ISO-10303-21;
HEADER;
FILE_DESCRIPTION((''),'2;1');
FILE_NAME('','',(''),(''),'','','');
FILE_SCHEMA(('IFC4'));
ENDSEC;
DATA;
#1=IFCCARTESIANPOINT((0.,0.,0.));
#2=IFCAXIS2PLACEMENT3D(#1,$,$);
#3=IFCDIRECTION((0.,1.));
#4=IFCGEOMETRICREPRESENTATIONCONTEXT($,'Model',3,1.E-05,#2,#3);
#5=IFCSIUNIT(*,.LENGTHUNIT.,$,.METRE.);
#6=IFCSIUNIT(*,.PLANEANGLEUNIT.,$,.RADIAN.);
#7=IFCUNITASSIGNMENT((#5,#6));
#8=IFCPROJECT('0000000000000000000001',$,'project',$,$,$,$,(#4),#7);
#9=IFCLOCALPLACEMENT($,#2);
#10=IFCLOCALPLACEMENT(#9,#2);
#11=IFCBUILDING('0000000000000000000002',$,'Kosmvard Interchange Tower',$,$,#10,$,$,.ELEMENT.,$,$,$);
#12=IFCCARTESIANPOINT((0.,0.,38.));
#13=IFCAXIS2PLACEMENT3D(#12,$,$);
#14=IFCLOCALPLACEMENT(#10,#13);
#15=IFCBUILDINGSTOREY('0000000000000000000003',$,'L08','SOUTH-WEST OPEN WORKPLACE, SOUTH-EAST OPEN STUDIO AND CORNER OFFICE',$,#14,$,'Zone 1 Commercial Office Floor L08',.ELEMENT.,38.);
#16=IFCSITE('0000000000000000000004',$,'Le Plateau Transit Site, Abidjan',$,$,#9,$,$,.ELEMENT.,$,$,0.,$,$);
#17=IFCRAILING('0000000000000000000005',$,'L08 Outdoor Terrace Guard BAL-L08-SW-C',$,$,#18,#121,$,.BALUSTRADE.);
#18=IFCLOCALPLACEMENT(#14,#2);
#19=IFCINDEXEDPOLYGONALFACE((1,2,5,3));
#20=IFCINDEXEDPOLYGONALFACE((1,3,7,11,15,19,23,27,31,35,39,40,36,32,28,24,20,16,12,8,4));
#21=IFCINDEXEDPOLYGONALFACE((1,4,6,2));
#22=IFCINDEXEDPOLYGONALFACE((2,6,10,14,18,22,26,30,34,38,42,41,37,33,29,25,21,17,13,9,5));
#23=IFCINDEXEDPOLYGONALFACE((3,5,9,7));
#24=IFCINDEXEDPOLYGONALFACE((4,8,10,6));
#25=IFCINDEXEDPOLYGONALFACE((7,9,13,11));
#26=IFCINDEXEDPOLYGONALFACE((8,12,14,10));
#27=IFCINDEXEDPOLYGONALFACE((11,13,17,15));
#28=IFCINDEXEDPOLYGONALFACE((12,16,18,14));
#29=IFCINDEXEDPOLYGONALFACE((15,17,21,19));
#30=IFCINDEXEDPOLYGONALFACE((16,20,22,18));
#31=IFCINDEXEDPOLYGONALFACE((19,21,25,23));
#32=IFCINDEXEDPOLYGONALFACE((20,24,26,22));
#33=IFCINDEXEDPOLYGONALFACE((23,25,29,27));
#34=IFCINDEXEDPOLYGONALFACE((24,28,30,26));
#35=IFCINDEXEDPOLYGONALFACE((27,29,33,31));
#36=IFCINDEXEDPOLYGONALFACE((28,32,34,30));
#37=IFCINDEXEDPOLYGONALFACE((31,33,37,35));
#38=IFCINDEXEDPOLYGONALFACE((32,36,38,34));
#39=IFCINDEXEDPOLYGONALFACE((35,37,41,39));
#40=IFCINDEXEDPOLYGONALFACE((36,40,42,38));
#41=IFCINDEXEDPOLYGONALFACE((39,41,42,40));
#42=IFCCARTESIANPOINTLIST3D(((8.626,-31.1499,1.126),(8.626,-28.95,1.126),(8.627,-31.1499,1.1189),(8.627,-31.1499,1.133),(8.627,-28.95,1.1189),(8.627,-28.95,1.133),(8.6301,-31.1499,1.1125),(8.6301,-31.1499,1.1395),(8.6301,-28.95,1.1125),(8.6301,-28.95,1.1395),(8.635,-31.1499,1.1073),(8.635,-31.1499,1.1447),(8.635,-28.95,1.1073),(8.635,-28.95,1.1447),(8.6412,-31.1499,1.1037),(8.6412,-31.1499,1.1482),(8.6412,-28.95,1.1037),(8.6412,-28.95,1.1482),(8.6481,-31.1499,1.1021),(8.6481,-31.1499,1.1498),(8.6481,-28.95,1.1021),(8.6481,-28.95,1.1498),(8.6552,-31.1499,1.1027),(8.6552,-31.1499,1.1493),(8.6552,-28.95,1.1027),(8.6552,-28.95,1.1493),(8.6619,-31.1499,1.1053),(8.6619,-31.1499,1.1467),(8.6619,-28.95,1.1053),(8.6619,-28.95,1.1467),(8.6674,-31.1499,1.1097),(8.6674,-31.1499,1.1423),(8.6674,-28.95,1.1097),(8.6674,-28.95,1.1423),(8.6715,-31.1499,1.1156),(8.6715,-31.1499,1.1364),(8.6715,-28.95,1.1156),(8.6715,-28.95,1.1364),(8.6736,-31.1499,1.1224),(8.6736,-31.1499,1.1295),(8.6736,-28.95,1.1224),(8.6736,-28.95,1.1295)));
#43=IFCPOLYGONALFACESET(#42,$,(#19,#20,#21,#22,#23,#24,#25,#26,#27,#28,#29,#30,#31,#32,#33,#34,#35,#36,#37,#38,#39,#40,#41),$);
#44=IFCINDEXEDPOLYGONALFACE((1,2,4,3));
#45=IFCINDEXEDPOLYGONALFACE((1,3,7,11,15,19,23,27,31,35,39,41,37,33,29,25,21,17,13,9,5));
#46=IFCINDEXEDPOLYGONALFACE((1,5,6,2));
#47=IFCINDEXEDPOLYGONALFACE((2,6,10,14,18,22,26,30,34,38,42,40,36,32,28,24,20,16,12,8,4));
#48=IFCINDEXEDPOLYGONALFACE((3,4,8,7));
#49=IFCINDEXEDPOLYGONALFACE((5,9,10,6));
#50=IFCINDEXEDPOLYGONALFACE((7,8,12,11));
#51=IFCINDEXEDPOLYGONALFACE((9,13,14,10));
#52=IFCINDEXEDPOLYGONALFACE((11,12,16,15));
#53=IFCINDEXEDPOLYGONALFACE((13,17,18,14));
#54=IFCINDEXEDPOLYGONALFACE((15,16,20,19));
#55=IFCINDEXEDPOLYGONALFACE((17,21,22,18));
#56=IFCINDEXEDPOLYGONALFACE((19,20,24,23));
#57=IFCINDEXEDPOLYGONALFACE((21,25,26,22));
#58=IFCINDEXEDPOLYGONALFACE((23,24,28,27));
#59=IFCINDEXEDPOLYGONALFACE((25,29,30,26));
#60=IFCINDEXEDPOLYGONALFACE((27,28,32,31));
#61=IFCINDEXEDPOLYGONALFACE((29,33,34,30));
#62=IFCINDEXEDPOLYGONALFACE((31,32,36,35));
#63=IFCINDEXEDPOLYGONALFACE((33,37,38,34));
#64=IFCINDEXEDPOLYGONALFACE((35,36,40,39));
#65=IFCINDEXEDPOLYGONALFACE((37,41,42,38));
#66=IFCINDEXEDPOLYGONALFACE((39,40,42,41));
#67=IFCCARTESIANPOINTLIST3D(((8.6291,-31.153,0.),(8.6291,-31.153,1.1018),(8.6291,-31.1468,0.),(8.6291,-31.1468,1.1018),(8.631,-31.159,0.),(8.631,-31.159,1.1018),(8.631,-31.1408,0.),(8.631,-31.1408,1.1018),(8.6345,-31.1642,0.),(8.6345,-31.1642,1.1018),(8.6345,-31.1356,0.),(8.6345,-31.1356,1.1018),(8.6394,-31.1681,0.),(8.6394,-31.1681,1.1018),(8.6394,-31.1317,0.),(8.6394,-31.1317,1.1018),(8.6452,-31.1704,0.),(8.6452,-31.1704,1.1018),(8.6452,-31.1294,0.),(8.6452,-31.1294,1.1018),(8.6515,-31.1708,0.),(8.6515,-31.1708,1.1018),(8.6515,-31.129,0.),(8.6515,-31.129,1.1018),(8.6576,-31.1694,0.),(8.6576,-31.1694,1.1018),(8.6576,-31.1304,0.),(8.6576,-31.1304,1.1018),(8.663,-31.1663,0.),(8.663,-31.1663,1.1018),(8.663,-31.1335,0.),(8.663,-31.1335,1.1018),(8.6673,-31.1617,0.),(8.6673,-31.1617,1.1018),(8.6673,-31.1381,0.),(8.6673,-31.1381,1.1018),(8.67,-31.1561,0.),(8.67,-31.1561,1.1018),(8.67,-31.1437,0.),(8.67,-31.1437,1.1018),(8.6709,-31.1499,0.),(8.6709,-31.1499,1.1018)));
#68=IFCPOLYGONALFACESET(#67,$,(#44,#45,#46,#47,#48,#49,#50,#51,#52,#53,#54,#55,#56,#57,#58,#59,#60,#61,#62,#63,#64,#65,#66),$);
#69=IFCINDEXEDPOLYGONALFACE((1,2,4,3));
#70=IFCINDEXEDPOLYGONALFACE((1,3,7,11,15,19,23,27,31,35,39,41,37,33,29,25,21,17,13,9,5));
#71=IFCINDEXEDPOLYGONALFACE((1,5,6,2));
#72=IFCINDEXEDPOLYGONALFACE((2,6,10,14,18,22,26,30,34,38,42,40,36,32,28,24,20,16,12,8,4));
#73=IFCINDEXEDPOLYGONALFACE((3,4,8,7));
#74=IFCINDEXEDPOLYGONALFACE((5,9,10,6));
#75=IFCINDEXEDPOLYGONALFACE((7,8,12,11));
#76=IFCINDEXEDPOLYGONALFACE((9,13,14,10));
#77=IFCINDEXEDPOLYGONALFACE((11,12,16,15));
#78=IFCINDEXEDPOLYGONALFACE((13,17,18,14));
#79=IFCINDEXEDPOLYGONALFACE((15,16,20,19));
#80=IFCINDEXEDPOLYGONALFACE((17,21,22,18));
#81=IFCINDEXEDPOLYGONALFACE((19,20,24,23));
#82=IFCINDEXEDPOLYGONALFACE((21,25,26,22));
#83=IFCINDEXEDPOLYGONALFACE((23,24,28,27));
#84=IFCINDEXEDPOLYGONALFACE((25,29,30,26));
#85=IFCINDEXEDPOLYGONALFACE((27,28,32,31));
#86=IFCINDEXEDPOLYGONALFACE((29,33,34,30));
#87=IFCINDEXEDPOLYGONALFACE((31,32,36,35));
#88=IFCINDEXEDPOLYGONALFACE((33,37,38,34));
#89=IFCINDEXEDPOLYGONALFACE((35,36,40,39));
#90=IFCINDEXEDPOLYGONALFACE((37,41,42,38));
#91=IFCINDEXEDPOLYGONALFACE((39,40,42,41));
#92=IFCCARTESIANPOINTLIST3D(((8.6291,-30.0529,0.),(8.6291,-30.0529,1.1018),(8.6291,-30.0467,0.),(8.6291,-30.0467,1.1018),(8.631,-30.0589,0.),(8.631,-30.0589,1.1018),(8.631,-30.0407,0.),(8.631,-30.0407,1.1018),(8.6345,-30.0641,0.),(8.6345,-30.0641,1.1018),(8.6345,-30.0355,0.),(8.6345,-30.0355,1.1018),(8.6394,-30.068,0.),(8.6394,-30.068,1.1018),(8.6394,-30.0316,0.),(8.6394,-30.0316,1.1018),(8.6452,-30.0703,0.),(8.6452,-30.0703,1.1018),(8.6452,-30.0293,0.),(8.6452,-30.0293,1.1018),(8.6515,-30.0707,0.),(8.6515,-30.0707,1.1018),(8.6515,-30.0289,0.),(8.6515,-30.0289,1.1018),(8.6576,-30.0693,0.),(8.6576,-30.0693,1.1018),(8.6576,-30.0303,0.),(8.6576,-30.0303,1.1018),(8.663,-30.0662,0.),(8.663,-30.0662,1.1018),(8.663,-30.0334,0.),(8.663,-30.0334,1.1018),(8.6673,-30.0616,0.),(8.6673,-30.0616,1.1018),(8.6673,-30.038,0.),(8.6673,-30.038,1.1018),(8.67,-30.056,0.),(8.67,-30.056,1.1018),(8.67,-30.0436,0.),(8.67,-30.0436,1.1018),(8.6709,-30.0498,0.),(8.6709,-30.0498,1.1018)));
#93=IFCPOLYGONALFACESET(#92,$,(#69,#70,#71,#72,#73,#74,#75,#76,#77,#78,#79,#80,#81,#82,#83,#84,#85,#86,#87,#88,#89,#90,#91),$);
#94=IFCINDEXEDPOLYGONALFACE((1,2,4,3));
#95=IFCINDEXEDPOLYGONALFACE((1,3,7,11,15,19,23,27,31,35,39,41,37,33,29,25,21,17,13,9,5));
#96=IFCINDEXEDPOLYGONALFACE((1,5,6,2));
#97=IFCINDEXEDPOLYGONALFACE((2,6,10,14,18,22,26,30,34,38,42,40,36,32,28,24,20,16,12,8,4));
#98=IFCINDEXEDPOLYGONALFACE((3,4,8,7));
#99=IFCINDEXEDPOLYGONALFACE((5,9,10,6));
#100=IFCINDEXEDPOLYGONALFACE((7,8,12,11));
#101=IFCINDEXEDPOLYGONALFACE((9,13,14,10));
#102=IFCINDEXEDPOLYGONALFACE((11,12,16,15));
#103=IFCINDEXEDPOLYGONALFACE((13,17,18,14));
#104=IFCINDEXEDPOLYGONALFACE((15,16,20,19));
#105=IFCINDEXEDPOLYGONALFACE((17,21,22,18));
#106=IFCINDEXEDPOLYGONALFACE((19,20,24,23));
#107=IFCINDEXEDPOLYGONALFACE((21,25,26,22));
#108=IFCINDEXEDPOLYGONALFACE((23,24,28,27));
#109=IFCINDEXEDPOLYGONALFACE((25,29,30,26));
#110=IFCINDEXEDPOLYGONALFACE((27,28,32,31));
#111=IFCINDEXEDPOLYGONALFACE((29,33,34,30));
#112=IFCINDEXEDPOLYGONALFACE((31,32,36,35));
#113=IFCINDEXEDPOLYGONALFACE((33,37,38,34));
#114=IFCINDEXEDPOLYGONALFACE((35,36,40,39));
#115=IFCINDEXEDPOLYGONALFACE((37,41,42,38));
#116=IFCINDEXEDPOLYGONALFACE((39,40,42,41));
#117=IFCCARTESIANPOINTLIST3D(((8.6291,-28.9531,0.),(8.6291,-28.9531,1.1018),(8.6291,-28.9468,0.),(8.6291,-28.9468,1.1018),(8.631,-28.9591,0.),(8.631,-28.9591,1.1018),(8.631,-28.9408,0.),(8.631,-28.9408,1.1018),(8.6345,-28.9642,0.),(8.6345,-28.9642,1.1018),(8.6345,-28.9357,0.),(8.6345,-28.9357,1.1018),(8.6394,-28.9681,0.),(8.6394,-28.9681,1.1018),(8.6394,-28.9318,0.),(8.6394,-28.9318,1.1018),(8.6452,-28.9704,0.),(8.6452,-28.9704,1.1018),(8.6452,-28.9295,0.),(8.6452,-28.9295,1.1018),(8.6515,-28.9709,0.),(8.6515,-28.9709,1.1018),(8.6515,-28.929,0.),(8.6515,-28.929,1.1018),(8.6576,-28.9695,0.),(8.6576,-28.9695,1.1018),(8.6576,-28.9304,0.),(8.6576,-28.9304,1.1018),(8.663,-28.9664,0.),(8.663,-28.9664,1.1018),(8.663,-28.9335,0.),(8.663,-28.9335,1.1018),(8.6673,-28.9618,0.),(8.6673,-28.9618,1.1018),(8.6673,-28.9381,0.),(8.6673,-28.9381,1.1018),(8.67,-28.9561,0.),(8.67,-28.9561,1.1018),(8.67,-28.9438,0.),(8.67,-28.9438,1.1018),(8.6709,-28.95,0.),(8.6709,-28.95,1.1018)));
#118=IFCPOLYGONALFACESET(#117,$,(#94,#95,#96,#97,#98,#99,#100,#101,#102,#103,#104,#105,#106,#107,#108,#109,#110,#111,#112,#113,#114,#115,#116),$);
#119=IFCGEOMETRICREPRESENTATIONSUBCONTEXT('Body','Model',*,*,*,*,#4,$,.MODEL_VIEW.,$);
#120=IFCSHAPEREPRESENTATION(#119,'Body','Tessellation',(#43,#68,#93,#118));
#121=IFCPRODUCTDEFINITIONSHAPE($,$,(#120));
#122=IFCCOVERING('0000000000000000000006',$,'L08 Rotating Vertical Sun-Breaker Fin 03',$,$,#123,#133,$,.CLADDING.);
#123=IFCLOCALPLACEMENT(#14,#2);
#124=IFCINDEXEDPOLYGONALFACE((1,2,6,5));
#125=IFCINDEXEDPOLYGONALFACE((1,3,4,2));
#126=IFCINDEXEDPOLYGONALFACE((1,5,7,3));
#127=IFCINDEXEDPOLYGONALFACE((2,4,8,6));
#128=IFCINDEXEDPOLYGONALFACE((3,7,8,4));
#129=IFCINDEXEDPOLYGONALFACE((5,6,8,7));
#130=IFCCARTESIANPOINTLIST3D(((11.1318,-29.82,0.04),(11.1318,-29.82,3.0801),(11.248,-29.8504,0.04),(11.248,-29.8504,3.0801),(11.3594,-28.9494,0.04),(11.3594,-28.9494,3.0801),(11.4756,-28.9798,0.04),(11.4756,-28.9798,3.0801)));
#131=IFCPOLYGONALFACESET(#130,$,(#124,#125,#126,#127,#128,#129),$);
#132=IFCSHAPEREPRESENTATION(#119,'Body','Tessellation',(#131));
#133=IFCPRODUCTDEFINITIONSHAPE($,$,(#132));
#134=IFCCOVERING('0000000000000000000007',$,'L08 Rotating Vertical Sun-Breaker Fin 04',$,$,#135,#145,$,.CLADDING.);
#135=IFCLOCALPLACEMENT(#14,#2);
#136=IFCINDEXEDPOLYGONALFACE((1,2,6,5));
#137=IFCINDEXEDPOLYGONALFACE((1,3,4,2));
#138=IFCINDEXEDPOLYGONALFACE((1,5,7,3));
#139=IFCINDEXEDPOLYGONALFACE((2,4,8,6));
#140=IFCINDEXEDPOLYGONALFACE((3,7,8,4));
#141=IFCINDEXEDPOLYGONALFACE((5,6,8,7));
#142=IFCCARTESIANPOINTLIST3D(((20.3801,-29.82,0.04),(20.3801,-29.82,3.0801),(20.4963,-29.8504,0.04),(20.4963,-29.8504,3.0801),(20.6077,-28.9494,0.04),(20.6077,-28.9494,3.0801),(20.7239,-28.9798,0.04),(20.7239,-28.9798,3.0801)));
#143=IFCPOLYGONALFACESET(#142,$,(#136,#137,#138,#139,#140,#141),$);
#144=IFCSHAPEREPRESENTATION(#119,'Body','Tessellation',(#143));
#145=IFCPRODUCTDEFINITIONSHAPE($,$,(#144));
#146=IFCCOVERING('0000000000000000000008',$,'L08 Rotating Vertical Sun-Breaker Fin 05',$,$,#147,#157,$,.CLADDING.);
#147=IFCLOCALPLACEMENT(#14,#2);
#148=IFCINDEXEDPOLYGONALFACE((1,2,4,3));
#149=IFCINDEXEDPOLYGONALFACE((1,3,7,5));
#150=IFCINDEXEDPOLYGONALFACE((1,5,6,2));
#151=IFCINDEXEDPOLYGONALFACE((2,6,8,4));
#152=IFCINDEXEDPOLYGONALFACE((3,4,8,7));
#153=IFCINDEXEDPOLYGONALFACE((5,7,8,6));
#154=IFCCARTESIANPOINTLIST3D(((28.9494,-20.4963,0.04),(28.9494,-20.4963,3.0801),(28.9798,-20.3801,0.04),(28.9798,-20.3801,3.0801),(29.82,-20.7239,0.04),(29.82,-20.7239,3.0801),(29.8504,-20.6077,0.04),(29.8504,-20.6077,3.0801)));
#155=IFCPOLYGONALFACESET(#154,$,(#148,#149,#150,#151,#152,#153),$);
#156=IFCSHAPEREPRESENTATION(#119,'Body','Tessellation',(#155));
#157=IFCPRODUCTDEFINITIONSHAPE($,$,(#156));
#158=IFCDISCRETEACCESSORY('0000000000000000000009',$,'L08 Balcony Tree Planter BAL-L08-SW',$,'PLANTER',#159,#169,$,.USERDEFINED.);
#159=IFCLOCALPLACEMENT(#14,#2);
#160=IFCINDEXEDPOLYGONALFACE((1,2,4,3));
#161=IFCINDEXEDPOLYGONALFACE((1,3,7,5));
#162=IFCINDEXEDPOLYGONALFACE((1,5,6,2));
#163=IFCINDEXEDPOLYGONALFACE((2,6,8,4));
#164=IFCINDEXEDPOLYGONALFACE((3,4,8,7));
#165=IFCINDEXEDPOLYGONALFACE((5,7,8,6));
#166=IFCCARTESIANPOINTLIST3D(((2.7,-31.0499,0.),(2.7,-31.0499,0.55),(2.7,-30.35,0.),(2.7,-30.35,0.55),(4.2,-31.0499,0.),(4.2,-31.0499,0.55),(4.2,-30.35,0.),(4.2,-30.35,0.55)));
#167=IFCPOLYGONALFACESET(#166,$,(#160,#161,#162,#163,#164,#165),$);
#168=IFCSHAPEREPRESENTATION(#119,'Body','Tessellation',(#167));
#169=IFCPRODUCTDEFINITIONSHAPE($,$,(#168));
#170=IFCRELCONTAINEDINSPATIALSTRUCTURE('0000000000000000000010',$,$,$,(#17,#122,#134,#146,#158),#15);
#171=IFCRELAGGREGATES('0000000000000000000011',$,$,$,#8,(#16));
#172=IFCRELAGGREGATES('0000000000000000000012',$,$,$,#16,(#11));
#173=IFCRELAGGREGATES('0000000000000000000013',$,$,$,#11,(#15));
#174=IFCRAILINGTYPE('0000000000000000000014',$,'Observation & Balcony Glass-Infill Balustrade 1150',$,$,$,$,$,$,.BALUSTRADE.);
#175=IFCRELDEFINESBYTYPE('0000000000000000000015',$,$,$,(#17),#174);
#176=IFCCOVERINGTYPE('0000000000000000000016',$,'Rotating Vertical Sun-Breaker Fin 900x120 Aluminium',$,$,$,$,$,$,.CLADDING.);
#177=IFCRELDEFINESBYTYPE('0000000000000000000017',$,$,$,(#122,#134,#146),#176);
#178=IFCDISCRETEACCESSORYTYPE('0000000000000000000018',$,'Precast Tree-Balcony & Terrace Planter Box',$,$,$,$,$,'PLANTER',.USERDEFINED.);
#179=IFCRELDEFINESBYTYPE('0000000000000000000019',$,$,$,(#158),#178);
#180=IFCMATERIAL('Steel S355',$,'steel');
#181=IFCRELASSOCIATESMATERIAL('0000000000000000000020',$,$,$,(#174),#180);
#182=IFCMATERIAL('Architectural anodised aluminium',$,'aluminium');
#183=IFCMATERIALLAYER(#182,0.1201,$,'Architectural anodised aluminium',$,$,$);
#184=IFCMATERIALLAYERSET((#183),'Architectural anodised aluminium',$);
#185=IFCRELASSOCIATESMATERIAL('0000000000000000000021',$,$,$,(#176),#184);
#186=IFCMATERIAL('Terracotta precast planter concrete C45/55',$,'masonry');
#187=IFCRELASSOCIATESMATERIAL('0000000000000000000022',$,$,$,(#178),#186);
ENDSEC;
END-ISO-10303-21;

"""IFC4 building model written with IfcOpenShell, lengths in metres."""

from ifc_helpers import new_model, si_unit, direction, frame, origin, origin_2d, place, context, subcontext, project, spatial, rectangle, circle, extrude, source, transform, mapped, material, layer, layer_set, type_object, element, save


model = new_model("IFC4")

# Units and contexts
model_context = context("Model", 3, precision=1e-05, world=origin(), true_north=direction((0.0, 1.0)))
body_context = subcontext(model_context, "Body", "Model", "MODEL_VIEW")
ifc_project = project(units=[si_unit("LENGTHUNIT", "METRE"), si_unit("PLANEANGLEUNIT", "RADIAN")], contexts=[model_context])

# Site, building, storey
site_placement = place(None, origin())
site = spatial("IfcSite", under=ifc_project, at=site_placement, Name="Le Plateau Transit Site, Abidjan", CompositionType="ELEMENT", RefElevation=0.0)
building_placement = place(site_placement, origin())
building = spatial("IfcBuilding", under=site, at=building_placement, Name="Kosmvard Interchange Tower", CompositionType="ELEMENT")
storey_placement = place(building_placement, frame((0.0, 0.0, 38.0)))
storey = spatial("IfcBuildingStorey", under=building, at=storey_placement, Name="L08", Description="SOUTH-WEST OPEN WORKPLACE, SOUTH-EAST OPEN STUDIO AND CORNER OFFICE", LongName="Zone 1 Commercial Office Floor L08", CompositionType="ELEMENT", Elevation=38.0)

# Shared definitions
ifc_material_1 = material(Name="Steel S355", Category="steel")

# Railing
railing_type = type_object("IfcRailingType", Name="Observation & Balcony Glass-Infill Balustrade 1150", PredefinedType="BALUSTRADE", material=ifc_material_1)
shared_shape_1 = source(origin(), body_context, "Body", "SweptSolid", [
    extrude(circle(Radius=0.0239, at=origin_2d()), frame((0.0, 0.0, 1.126), z_axis=(0.0, 1.0, 0.0), x_axis=(-1.0, 0.0, 0.0)), (0.0, 0.0, 1.0), 2.2),
    extrude(circle(Radius=0.021, at=origin_2d()), origin(), (0.0, 0.0, 1.0), 1.1018),
    extrude(circle(Radius=0.021, at=origin_2d()), frame((0.0, 1.1001, 0.0)), (0.0, 0.0, 1.0), 1.1018),
    extrude(circle(Radius=0.021, at=origin_2d()), frame((0.0, 2.2, 0.0)), (0.0, 0.0, 1.0), 1.1018),
])
railing_1_placement = place(storey_placement, frame((8.6499, -31.1499, 0.0)))
element("IfcRailing", 1, at=railing_1_placement, inside=storey, type_object=railing_type, Name="L08 Outdoor Terrace Guard BAL-L08-SW-C", PredefinedType="BALUSTRADE", context=body_context, shape_type="MappedRepresentation", body=[
    mapped(shared_shape_1, transform((0.0, 0.0, 0.0), scale=1.0)),
])

# Coverings
ifc_material_2 = material(Name="Architectural anodised aluminium", Category="aluminium")
ifc_layer_1 = layer(ifc_material_2, 0.1201, Name="Architectural anodised aluminium")
ifc_layer_set_1 = layer_set([ifc_layer_1], Name="Architectural anodised aluminium")
covering_type = type_object("IfcCoveringType", Name="Rotating Vertical Sun-Breaker Fin 900x120 Aluminium", PredefinedType="CLADDING", material=ifc_layer_set_1)
shared_shape_2 = source(origin(), body_context, "Body", "SweptSolid", [
    extrude(rectangle(XDim=0.8999, YDim=0.1201, at=origin_2d()), origin(), (0.0, 0.0, 1.0), 3.04),
])
for number, where, z_axis, x_axis, name in (
    (2, (11.3037, -29.3999, 0.04), (0.0, 0.0, 1.0), (-0.252914, -0.967489, 0.0), "L08 Rotating Vertical Sun-Breaker Fin 03"),
    (3, (20.552, -29.3999, 0.04), (0.0, 0.0, 1.0), (-0.252914, -0.967489, 0.0), "L08 Rotating Vertical Sun-Breaker Fin 04"),
    (4, (29.3999, -20.552, 0.04), (0.0, 0.0, 1.0), (0.967489, -0.252914, 0.0), "L08 Rotating Vertical Sun-Breaker Fin 05"),
):
    element("IfcCovering", number, at=place(storey_placement, frame(where, z_axis=z_axis, x_axis=x_axis)), inside=storey, type_object=covering_type, Name=name, PredefinedType="CLADDING", context=body_context, shape_type="MappedRepresentation", body=[
        mapped(shared_shape_2, transform((0.0, 0.0, 0.0), scale=1.0)),
    ])

# Discrete accessory
ifc_material_3 = material(Name="Terracotta precast planter concrete C45/55", Category="masonry")
discrete_accessory_type = type_object("IfcDiscreteAccessoryType", Name="Precast Tree-Balcony & Terrace Planter Box", ElementType="PLANTER", PredefinedType="USERDEFINED", material=ifc_material_3)
shared_shape_3 = source(origin(), body_context, "Body", "SweptSolid", [
    extrude(rectangle(XDim=1.5, YDim=0.7, at=origin_2d()), origin(), (0.0, 0.0, 1.0), 0.55),
])
discrete_accessory_placement = place(storey_placement, frame((3.45, -30.7, 0.0), z_axis=(0.0, 0.0, 1.0), x_axis=(1.0, 0.0, 0.0)))
element("IfcDiscreteAccessory", 5, at=discrete_accessory_placement, inside=storey, type_object=discrete_accessory_type, Name="L08 Balcony Tree Planter BAL-L08-SW", ObjectType="PLANTER", PredefinedType="USERDEFINED", context=body_context, shape_type="MappedRepresentation", body=[
    mapped(shared_shape_3, transform((0.0, 0.0, 0.0), scale=1.0)),
])

save(model, "model.ifc")
